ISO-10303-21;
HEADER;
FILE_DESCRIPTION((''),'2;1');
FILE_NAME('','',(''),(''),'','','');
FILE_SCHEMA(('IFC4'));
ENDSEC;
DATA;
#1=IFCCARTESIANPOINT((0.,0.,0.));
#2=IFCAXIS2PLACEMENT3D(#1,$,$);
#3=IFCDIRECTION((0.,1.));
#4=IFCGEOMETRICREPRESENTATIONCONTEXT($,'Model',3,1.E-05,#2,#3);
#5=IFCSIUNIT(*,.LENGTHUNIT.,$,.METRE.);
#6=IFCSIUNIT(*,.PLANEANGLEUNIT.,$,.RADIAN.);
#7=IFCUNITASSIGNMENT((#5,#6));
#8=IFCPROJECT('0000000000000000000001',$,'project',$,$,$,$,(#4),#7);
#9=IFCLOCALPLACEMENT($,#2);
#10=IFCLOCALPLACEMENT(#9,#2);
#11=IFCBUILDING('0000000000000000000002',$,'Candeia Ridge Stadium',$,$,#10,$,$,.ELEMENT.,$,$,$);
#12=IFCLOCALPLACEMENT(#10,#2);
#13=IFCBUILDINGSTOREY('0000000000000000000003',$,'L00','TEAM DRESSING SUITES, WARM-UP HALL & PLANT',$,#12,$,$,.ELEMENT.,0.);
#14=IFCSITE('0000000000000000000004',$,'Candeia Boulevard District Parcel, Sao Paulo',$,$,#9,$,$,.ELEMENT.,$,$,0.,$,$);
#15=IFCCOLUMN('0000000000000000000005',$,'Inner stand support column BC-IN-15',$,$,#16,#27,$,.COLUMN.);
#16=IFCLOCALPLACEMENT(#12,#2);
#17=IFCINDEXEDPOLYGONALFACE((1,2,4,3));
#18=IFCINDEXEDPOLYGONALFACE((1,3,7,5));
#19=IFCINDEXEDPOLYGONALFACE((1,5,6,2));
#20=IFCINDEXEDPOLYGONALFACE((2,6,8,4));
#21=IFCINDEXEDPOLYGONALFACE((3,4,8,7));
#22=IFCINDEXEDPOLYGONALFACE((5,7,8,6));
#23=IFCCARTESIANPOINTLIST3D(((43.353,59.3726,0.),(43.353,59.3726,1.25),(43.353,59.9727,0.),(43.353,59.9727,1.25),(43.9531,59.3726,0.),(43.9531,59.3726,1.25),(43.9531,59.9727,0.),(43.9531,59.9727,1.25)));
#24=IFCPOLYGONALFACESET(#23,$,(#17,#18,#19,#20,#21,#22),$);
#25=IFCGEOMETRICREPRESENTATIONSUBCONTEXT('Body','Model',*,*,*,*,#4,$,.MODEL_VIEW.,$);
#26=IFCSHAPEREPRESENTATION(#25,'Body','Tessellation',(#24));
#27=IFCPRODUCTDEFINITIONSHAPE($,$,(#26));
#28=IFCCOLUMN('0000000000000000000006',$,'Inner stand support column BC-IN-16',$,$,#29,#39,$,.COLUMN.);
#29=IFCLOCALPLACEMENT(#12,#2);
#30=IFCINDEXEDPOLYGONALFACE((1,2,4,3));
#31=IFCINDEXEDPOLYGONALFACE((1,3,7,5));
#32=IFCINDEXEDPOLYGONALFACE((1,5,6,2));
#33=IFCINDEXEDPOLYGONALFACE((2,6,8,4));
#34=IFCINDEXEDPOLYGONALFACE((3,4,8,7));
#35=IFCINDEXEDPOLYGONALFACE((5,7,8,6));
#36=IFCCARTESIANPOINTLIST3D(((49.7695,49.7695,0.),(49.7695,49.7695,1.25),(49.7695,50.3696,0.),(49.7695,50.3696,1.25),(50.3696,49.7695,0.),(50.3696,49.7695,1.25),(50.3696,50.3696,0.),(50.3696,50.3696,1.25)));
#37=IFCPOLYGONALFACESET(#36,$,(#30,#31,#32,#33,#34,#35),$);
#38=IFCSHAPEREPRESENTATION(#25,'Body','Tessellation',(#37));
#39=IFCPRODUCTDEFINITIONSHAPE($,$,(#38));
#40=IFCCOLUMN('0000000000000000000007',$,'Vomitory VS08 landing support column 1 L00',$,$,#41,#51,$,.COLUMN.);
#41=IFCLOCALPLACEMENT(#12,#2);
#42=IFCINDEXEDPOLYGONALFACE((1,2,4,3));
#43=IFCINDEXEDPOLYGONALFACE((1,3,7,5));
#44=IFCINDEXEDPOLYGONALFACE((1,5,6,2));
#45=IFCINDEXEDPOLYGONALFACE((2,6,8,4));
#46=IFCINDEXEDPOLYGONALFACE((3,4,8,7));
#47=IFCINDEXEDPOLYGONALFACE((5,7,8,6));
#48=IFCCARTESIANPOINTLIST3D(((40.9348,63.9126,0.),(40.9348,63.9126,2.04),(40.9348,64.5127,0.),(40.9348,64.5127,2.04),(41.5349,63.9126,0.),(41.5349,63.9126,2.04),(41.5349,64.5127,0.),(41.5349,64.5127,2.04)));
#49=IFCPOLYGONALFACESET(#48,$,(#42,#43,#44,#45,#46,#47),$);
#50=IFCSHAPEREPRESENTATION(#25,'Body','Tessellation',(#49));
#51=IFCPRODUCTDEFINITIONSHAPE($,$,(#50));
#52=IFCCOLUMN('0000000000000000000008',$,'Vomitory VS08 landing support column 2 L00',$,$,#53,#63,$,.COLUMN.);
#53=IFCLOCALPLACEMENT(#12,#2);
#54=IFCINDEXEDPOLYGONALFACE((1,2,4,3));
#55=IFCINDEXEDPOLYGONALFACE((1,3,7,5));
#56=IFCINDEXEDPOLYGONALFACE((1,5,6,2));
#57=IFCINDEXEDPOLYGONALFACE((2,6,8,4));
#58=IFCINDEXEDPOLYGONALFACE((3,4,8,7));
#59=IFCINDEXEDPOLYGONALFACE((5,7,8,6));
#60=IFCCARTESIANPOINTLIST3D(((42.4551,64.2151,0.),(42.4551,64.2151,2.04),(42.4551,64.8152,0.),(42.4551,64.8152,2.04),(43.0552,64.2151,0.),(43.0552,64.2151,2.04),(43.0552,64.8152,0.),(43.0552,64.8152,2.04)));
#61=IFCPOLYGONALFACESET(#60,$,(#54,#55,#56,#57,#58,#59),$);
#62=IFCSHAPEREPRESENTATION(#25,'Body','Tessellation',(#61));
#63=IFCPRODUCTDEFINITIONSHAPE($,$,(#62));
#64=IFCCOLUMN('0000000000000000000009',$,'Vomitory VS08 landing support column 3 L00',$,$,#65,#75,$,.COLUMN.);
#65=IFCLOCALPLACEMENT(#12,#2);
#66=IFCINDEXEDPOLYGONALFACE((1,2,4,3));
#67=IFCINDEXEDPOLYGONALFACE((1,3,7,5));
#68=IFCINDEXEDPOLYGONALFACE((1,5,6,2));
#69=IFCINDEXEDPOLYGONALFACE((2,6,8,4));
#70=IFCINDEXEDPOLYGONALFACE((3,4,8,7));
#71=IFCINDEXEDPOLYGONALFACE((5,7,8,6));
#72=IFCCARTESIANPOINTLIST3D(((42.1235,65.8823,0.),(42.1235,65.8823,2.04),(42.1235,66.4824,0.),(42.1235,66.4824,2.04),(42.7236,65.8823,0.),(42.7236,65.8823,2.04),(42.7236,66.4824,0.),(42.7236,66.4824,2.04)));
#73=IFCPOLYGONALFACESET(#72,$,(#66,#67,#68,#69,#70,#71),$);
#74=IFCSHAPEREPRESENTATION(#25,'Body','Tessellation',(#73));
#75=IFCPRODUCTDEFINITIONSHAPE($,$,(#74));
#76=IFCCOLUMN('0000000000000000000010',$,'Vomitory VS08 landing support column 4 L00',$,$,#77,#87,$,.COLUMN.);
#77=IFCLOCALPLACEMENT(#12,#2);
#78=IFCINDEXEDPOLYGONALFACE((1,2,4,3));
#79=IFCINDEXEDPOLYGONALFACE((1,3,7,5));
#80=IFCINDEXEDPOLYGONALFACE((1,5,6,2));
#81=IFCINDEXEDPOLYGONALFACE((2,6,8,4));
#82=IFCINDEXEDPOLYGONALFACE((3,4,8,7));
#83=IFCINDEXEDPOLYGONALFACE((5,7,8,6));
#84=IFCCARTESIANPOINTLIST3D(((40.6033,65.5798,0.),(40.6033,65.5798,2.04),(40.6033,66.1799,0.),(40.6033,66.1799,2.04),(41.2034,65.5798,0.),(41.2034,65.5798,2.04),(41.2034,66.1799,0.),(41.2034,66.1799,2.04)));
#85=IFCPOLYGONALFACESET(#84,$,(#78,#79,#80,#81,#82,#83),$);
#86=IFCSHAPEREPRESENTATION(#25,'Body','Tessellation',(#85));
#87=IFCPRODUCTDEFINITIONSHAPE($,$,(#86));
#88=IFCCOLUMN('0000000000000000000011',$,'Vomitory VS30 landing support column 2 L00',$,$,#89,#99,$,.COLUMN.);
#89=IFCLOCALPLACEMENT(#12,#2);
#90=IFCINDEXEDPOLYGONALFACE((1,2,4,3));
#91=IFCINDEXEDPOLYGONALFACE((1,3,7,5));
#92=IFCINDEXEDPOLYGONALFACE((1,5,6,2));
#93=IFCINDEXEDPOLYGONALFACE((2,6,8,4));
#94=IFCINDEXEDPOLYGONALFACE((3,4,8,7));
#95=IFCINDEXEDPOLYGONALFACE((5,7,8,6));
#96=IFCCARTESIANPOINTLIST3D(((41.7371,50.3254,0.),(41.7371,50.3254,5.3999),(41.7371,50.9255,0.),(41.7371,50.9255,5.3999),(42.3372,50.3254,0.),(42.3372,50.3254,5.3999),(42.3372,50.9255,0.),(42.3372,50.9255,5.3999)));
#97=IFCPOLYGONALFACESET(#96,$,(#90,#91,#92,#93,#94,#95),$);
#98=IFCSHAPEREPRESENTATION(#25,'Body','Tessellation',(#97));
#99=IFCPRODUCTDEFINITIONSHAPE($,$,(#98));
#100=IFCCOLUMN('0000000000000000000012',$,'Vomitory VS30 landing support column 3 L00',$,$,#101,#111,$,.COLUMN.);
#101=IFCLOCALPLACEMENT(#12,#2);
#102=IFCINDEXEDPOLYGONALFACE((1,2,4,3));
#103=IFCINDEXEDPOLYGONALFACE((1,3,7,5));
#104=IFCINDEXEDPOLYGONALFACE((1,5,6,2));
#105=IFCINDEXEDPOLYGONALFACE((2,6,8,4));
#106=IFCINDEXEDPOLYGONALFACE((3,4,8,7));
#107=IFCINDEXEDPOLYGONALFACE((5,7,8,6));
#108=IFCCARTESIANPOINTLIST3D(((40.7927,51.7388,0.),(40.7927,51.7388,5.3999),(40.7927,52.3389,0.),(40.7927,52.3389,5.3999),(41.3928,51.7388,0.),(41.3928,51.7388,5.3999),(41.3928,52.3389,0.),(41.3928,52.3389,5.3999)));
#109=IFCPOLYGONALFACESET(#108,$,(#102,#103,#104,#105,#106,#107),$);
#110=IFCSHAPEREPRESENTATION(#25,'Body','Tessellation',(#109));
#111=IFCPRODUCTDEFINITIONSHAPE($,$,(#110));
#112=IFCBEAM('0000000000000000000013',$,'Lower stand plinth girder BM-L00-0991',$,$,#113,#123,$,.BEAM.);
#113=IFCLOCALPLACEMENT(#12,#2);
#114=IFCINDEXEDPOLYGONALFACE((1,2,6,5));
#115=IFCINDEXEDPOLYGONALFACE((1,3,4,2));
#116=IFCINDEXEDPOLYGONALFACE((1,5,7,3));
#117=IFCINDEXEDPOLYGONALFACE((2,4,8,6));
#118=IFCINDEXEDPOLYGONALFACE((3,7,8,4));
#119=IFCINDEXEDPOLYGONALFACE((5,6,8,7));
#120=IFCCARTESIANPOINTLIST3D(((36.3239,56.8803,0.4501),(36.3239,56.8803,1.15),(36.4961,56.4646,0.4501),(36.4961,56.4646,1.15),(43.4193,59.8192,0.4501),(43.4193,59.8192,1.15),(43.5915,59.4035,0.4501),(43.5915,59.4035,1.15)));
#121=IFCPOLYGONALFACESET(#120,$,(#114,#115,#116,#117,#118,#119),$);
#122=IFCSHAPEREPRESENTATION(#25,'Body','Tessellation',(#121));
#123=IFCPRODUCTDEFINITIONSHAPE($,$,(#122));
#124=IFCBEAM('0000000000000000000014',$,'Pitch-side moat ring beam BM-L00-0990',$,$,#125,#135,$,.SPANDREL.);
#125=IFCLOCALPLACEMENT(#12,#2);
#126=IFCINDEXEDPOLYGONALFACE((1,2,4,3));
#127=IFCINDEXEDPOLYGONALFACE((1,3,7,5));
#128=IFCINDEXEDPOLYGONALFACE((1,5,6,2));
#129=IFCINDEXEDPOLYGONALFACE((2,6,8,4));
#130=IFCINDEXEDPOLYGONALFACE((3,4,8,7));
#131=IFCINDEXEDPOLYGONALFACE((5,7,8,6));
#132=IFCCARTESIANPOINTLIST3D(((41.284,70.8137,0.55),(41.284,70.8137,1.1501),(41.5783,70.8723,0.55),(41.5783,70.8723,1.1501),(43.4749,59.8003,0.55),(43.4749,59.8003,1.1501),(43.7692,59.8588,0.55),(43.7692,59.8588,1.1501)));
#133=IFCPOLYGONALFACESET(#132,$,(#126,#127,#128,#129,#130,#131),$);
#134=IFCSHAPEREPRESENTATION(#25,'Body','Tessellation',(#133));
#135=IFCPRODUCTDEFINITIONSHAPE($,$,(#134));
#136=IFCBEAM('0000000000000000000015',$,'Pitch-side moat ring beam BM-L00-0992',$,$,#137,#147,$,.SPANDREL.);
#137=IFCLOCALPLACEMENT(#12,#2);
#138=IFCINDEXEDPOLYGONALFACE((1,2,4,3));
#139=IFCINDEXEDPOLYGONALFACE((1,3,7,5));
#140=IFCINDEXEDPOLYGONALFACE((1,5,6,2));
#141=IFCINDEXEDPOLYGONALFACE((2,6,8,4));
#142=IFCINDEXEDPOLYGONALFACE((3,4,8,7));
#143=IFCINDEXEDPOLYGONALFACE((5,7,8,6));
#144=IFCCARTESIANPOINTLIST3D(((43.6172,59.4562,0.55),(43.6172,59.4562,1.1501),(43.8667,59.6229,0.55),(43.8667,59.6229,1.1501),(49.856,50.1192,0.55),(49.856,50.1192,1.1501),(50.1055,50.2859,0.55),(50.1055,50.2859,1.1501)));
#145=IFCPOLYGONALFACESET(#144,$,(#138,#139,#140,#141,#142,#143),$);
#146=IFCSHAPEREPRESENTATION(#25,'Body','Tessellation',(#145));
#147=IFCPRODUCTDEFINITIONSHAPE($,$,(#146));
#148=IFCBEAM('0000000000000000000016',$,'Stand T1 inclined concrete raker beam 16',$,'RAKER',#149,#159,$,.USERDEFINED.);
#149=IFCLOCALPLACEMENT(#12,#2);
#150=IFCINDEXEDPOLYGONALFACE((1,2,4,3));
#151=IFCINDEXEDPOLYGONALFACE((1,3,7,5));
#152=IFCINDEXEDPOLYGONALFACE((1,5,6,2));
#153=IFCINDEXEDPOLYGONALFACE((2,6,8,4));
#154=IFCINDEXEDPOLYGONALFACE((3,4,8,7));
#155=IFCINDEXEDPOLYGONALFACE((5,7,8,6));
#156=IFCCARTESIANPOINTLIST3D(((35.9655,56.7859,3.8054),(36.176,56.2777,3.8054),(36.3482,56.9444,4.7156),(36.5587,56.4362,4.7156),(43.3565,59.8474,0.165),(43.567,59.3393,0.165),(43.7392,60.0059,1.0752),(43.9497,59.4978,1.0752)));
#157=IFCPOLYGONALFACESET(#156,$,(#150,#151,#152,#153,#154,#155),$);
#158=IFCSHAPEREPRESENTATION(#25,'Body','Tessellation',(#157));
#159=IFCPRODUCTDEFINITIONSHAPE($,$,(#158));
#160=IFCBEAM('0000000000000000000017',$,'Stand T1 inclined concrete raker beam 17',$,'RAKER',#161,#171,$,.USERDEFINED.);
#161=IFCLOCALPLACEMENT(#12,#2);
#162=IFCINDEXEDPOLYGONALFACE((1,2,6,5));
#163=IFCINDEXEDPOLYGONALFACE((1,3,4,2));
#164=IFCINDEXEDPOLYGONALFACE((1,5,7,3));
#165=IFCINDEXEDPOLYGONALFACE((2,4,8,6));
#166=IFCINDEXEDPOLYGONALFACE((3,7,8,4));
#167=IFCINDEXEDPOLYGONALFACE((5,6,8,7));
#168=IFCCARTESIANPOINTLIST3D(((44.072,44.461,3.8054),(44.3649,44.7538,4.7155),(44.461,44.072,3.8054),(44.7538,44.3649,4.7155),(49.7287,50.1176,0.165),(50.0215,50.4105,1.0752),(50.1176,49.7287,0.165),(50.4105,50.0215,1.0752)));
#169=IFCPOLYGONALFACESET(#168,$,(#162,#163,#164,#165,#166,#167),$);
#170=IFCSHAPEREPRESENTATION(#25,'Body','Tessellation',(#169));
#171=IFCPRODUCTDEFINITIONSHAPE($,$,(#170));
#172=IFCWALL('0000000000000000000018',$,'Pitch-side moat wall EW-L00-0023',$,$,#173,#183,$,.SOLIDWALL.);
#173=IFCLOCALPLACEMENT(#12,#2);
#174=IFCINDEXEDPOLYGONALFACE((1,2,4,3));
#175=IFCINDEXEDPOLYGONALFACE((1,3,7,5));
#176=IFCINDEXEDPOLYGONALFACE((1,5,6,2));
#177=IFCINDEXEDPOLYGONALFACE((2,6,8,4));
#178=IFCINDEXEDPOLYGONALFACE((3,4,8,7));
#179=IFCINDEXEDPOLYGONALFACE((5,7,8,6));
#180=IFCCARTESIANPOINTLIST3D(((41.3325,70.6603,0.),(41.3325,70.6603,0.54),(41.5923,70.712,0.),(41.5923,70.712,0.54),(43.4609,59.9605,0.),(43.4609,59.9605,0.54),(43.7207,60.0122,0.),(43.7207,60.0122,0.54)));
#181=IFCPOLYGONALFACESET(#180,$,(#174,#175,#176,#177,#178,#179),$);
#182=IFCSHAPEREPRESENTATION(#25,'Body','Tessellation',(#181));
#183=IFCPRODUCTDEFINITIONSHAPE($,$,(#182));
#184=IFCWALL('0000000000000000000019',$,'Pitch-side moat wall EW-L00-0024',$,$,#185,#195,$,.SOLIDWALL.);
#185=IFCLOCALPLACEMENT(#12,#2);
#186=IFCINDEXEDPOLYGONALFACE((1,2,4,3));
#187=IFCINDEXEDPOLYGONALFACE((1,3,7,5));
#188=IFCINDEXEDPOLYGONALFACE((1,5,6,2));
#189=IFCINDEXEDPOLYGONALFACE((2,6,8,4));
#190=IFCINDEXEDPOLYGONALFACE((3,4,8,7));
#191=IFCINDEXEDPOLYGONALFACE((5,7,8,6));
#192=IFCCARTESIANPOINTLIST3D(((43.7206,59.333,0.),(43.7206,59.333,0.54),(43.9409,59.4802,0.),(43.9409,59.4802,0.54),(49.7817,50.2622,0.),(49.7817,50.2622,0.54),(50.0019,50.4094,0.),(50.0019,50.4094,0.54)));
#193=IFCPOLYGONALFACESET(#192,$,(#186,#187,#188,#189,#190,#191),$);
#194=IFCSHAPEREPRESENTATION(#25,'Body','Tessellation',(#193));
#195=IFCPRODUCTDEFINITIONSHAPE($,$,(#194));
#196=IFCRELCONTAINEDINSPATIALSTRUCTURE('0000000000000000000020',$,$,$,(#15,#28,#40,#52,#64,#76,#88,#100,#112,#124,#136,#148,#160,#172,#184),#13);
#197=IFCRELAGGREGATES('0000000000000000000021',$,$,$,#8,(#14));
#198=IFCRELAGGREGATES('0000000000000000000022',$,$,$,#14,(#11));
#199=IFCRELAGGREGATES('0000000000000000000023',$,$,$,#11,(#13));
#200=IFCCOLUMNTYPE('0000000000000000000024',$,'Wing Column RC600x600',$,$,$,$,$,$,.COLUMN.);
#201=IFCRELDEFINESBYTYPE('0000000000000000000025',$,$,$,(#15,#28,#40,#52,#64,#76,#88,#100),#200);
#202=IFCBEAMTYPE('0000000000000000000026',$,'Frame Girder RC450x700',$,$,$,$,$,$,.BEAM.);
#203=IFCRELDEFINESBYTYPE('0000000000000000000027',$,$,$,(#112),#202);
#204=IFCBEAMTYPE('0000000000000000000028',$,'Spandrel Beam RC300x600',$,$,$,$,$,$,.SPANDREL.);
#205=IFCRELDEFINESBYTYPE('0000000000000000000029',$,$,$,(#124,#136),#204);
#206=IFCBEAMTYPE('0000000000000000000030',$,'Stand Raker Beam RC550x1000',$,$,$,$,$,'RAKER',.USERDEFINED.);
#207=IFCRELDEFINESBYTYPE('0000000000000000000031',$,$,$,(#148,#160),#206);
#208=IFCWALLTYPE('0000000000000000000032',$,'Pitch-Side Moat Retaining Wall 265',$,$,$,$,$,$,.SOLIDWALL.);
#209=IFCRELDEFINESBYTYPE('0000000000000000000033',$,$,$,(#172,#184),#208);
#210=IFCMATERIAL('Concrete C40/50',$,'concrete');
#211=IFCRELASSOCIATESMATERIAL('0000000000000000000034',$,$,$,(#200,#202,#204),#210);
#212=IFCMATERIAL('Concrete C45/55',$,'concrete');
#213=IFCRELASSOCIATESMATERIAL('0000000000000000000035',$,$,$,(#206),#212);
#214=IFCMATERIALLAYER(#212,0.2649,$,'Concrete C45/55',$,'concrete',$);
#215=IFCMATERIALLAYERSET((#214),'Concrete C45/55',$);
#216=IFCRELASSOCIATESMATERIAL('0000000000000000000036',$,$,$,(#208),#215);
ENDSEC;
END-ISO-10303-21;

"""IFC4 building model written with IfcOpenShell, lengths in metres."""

from ifc_helpers import new_model, si_unit, direction, frame, frame_2d, origin, origin_2d, place, context, subcontext, project, spatial, rectangle, extrude, material, layer, layer_set, material_profile, profile_set, type_object, element, save


model = new_model("IFC4")

# Units and contexts
model_context = context("Model", 3, precision=1e-05, world=origin(), true_north=direction((0.0, 1.0)))
body_context = subcontext(model_context, "Body", "Model", "MODEL_VIEW")
ifc_project = project(units=[si_unit("LENGTHUNIT", "METRE"), si_unit("PLANEANGLEUNIT", "RADIAN")], contexts=[model_context])

# Site, building, storey
site_placement = place(None, origin())
site = spatial("IfcSite", under=ifc_project, at=site_placement, Name="Candeia Boulevard District Parcel, Sao Paulo", CompositionType="ELEMENT", RefElevation=0.0)
building_placement = place(site_placement, origin())
building = spatial("IfcBuilding", under=site, at=building_placement, Name="Candeia Ridge Stadium", CompositionType="ELEMENT")
storey_placement = place(building_placement, origin())
storey = spatial("IfcBuildingStorey", under=building, at=storey_placement, Name="L00", Description="TEAM DRESSING SUITES, WARM-UP HALL & PLANT", CompositionType="ELEMENT", Elevation=0.0)

# Shared definitions
ifc_material_1 = material(Name="Concrete C40/50", Category="concrete")

# Columns
ifc_material_profile_1 = material_profile(ifc_material_1, rectangle(XDim=0.6001, YDim=0.6001, at=origin_2d()), Name="RC600x600", Category="concrete")
ifc_profile_set_1 = profile_set([ifc_material_profile_1], Name="Concrete C40/50")
column_type = type_object("IfcColumnType", Name="Wing Column RC600x600", PredefinedType="COLUMN", material=ifc_profile_set_1)
for number, where, z_axis, x_axis, name in (
    (1, (43.6531, 59.6726, 0.0), (0.0, 0.0, 1.0), (1.0, 0.0, 0.0), "Inner stand support column BC-IN-15"),
    (2, (50.0696, 50.0696, 0.0), (0.0, 0.0, 1.0), (1.0, 0.0, 0.0), "Inner stand support column BC-IN-16"),
):
    element("IfcColumn", number, at=place(storey_placement, frame(where, z_axis=z_axis, x_axis=x_axis)), inside=storey, type_object=column_type, Name=name, PredefinedType="COLUMN", context=body_context, shape_type="SweptSolid", body=[
        extrude(rectangle(XDim=0.6001, YDim=0.6001, at=origin_2d()), origin(), (0.0, 0.0, 1.0), 1.25),
    ])
for number, where, z_axis, x_axis, name in (
    (3, (41.2349, 64.2126, 0.0), (0.0, 0.0, 1.0), (1.0, 0.0, 0.0), "Vomitory VS08 landing support column 1 L00"),
    (4, (42.7551, 64.5151, 0.0), (0.0, 0.0, 1.0), (1.0, 0.0, 0.0), "Vomitory VS08 landing support column 2 L00"),
    (5, (42.4236, 66.1824, 0.0), (0.0, 0.0, 1.0), (1.0, 0.0, 0.0), "Vomitory VS08 landing support column 3 L00"),
    (6, (40.9033, 65.8799, 0.0), (0.0, 0.0, 1.0), (1.0, 0.0, 0.0), "Vomitory VS08 landing support column 4 L00"),
):
    element("IfcColumn", number, at=place(storey_placement, frame(where, z_axis=z_axis, x_axis=x_axis)), inside=storey, type_object=column_type, Name=name, PredefinedType="COLUMN", context=body_context, shape_type="SweptSolid", body=[
        extrude(rectangle(XDim=0.6001, YDim=0.6001, at=origin_2d()), origin(), (0.0, 0.0, 1.0), 2.04),
    ])
for number, where, z_axis, x_axis, name in (
    (7, (42.0371, 50.6255, 0.0), (0.0, 0.0, 1.0), (1.0, 0.0, 0.0), "Vomitory VS30 landing support column 2 L00"),
    (8, (41.0928, 52.0388, 0.0), (0.0, 0.0, 1.0), (1.0, 0.0, 0.0), "Vomitory VS30 landing support column 3 L00"),
):
    element("IfcColumn", number, at=place(storey_placement, frame(where, z_axis=z_axis, x_axis=x_axis)), inside=storey, type_object=column_type, Name=name, PredefinedType="COLUMN", context=body_context, shape_type="SweptSolid", body=[
        extrude(rectangle(XDim=0.6001, YDim=0.6001, at=origin_2d()), origin(), (0.0, 0.0, 1.0), 5.3999),
    ])

# Beams
ifc_material_profile_2 = material_profile(ifc_material_1, rectangle(XDim=0.45, YDim=0.7, at=origin_2d()), Name="RC450x700", Category="concrete")
ifc_profile_set_2 = profile_set([ifc_material_profile_2], Name="Concrete C40/50")
beam_type_1 = type_object("IfcBeamType", Name="Frame Girder RC450x700", PredefinedType="BEAM", material=ifc_profile_set_2)
beam_1_placement = place(storey_placement, frame((43.5054, 59.6113, 0.8), z_axis=(-0.923883, -0.382676, 0.0), x_axis=(0.382676, -0.923883, 0.0)))
element("IfcBeam", 9, at=beam_1_placement, inside=storey, type_object=beam_type_1, Name="Lower stand plinth girder BM-L00-0991", PredefinedType="BEAM", context=body_context, shape_type="SweptSolid", body=[
    extrude(rectangle(XDim=0.45, YDim=0.7, at=origin_2d()), origin(), (0.0, 0.0, 1.0), 7.6799),
])
ifc_material_profile_3 = material_profile(ifc_material_1, rectangle(XDim=0.3, YDim=0.6001, at=origin_2d()), Name="RC300x600", Category="concrete")
ifc_profile_set_3 = profile_set([ifc_material_profile_3], Name="Concrete C40/50")
beam_type_2 = type_object("IfcBeamType", Name="Spandrel Beam RC300x600", PredefinedType="SPANDREL", material=ifc_profile_set_3)
beam_2_placement = place(storey_placement, frame((41.4312, 70.843, 0.8501), z_axis=(0.195108, -0.980782, 0.0), x_axis=(0.980782, 0.195108, 0.0)))
element("IfcBeam", 10, at=beam_2_placement, inside=storey, type_object=beam_type_2, Name="Pitch-side moat ring beam BM-L00-0990", PredefinedType="SPANDREL", context=body_context, shape_type="SweptSolid", body=[
    extrude(rectangle(XDim=0.3, YDim=0.6001, at=origin_2d()), origin(), (0.0, 0.0, 1.0), 11.2292),
])
beam_3_placement = place(storey_placement, frame((43.7419, 59.5396, 0.8501), z_axis=(0.555573, -0.831468, 0.0), x_axis=(0.831468, 0.555573, 0.0)))
element("IfcBeam", 11, at=beam_3_placement, inside=storey, type_object=beam_type_2, Name="Pitch-side moat ring beam BM-L00-0992", PredefinedType="SPANDREL", context=body_context, shape_type="SweptSolid", body=[
    extrude(rectangle(XDim=0.3, YDim=0.6001, at=origin_2d()), origin(), (0.0, 0.0, 1.0), 11.2295),
])
ifc_material_2 = material(Name="Concrete C45/55", Category="concrete")
ifc_material_profile_4 = material_profile(ifc_material_2, rectangle(XDim=0.55, YDim=1.0, at=origin_2d()), Name="RC550x1000", Category="concrete")
ifc_profile_set_4 = profile_set([ifc_material_profile_4], Name="Concrete C45/55")
beam_type_3 = type_object("IfcBeamType", Name="Stand Raker Beam RC550x1000", ElementType="RAKER", PredefinedType="USERDEFINED", material=ifc_profile_set_4)
beam_4_placement = place(storey_placement, frame((43.6531, 59.6726, 0.6201), z_axis=(-0.840902, -0.348327, 0.414187), x_axis=(0.382697, -0.923874, 0.0)))
element("IfcBeam", 12, at=beam_4_placement, inside=storey, type_object=beam_type_3, Name="Stand T1 inclined concrete raker beam 16", ObjectType="RAKER", PredefinedType="USERDEFINED", context=body_context, shape_type="SweptSolid", body=[
    extrude(rectangle(XDim=0.55, YDim=1.0, at=origin_2d()), origin(), (0.0, 0.0, 1.0), 8.7893),
])
beam_5_placement = place(storey_placement, frame((50.0696, 50.0696, 0.6201), z_axis=(-0.643602, -0.643602, 0.414189), x_axis=(0.707107, -0.707107, 0.0)))
element("IfcBeam", 13, at=beam_5_placement, inside=storey, type_object=beam_type_3, Name="Stand T1 inclined concrete raker beam 17", ObjectType="RAKER", PredefinedType="USERDEFINED", context=body_context, shape_type="SweptSolid", body=[
    extrude(rectangle(XDim=0.55, YDim=1.0, at=origin_2d()), origin(), (0.0, 0.0, 1.0), 8.7891),
])

# Walls
ifc_layer_1 = layer(ifc_material_2, 0.2649, Name="Concrete C45/55", Category="concrete")
ifc_layer_set_1 = layer_set([ifc_layer_1], Name="Concrete C45/55")
wall_type = type_object("IfcWallType", Name="Pitch-Side Moat Retaining Wall 265", PredefinedType="SOLIDWALL", material=ifc_layer_set_1)
for number, where, z_axis, x_axis, name in (
    (14, (41.4624, 70.686, 0.0), (0.0, 0.0, 1.0), (0.1951, -0.980783, 0.0), "Pitch-side moat wall EW-L00-0023"),
    (15, (43.8308, 59.4065, 0.0), (0.0, 0.0, 1.0), (0.555578, -0.831465, 0.0), "Pitch-side moat wall EW-L00-0024"),
):
    element("IfcWall", number, at=place(storey_placement, frame(where, z_axis=z_axis, x_axis=x_axis)), inside=storey, type_object=wall_type, Name=name, PredefinedType="SOLIDWALL", context=body_context, shape_type="SweptSolid", body=[
        extrude(rectangle(XDim=10.9094, YDim=0.2649, at=frame_2d((5.4546, 0.0))), origin(), (0.0, 0.0, 1.0), 0.54),
    ])

save(model, "model.ifc")
